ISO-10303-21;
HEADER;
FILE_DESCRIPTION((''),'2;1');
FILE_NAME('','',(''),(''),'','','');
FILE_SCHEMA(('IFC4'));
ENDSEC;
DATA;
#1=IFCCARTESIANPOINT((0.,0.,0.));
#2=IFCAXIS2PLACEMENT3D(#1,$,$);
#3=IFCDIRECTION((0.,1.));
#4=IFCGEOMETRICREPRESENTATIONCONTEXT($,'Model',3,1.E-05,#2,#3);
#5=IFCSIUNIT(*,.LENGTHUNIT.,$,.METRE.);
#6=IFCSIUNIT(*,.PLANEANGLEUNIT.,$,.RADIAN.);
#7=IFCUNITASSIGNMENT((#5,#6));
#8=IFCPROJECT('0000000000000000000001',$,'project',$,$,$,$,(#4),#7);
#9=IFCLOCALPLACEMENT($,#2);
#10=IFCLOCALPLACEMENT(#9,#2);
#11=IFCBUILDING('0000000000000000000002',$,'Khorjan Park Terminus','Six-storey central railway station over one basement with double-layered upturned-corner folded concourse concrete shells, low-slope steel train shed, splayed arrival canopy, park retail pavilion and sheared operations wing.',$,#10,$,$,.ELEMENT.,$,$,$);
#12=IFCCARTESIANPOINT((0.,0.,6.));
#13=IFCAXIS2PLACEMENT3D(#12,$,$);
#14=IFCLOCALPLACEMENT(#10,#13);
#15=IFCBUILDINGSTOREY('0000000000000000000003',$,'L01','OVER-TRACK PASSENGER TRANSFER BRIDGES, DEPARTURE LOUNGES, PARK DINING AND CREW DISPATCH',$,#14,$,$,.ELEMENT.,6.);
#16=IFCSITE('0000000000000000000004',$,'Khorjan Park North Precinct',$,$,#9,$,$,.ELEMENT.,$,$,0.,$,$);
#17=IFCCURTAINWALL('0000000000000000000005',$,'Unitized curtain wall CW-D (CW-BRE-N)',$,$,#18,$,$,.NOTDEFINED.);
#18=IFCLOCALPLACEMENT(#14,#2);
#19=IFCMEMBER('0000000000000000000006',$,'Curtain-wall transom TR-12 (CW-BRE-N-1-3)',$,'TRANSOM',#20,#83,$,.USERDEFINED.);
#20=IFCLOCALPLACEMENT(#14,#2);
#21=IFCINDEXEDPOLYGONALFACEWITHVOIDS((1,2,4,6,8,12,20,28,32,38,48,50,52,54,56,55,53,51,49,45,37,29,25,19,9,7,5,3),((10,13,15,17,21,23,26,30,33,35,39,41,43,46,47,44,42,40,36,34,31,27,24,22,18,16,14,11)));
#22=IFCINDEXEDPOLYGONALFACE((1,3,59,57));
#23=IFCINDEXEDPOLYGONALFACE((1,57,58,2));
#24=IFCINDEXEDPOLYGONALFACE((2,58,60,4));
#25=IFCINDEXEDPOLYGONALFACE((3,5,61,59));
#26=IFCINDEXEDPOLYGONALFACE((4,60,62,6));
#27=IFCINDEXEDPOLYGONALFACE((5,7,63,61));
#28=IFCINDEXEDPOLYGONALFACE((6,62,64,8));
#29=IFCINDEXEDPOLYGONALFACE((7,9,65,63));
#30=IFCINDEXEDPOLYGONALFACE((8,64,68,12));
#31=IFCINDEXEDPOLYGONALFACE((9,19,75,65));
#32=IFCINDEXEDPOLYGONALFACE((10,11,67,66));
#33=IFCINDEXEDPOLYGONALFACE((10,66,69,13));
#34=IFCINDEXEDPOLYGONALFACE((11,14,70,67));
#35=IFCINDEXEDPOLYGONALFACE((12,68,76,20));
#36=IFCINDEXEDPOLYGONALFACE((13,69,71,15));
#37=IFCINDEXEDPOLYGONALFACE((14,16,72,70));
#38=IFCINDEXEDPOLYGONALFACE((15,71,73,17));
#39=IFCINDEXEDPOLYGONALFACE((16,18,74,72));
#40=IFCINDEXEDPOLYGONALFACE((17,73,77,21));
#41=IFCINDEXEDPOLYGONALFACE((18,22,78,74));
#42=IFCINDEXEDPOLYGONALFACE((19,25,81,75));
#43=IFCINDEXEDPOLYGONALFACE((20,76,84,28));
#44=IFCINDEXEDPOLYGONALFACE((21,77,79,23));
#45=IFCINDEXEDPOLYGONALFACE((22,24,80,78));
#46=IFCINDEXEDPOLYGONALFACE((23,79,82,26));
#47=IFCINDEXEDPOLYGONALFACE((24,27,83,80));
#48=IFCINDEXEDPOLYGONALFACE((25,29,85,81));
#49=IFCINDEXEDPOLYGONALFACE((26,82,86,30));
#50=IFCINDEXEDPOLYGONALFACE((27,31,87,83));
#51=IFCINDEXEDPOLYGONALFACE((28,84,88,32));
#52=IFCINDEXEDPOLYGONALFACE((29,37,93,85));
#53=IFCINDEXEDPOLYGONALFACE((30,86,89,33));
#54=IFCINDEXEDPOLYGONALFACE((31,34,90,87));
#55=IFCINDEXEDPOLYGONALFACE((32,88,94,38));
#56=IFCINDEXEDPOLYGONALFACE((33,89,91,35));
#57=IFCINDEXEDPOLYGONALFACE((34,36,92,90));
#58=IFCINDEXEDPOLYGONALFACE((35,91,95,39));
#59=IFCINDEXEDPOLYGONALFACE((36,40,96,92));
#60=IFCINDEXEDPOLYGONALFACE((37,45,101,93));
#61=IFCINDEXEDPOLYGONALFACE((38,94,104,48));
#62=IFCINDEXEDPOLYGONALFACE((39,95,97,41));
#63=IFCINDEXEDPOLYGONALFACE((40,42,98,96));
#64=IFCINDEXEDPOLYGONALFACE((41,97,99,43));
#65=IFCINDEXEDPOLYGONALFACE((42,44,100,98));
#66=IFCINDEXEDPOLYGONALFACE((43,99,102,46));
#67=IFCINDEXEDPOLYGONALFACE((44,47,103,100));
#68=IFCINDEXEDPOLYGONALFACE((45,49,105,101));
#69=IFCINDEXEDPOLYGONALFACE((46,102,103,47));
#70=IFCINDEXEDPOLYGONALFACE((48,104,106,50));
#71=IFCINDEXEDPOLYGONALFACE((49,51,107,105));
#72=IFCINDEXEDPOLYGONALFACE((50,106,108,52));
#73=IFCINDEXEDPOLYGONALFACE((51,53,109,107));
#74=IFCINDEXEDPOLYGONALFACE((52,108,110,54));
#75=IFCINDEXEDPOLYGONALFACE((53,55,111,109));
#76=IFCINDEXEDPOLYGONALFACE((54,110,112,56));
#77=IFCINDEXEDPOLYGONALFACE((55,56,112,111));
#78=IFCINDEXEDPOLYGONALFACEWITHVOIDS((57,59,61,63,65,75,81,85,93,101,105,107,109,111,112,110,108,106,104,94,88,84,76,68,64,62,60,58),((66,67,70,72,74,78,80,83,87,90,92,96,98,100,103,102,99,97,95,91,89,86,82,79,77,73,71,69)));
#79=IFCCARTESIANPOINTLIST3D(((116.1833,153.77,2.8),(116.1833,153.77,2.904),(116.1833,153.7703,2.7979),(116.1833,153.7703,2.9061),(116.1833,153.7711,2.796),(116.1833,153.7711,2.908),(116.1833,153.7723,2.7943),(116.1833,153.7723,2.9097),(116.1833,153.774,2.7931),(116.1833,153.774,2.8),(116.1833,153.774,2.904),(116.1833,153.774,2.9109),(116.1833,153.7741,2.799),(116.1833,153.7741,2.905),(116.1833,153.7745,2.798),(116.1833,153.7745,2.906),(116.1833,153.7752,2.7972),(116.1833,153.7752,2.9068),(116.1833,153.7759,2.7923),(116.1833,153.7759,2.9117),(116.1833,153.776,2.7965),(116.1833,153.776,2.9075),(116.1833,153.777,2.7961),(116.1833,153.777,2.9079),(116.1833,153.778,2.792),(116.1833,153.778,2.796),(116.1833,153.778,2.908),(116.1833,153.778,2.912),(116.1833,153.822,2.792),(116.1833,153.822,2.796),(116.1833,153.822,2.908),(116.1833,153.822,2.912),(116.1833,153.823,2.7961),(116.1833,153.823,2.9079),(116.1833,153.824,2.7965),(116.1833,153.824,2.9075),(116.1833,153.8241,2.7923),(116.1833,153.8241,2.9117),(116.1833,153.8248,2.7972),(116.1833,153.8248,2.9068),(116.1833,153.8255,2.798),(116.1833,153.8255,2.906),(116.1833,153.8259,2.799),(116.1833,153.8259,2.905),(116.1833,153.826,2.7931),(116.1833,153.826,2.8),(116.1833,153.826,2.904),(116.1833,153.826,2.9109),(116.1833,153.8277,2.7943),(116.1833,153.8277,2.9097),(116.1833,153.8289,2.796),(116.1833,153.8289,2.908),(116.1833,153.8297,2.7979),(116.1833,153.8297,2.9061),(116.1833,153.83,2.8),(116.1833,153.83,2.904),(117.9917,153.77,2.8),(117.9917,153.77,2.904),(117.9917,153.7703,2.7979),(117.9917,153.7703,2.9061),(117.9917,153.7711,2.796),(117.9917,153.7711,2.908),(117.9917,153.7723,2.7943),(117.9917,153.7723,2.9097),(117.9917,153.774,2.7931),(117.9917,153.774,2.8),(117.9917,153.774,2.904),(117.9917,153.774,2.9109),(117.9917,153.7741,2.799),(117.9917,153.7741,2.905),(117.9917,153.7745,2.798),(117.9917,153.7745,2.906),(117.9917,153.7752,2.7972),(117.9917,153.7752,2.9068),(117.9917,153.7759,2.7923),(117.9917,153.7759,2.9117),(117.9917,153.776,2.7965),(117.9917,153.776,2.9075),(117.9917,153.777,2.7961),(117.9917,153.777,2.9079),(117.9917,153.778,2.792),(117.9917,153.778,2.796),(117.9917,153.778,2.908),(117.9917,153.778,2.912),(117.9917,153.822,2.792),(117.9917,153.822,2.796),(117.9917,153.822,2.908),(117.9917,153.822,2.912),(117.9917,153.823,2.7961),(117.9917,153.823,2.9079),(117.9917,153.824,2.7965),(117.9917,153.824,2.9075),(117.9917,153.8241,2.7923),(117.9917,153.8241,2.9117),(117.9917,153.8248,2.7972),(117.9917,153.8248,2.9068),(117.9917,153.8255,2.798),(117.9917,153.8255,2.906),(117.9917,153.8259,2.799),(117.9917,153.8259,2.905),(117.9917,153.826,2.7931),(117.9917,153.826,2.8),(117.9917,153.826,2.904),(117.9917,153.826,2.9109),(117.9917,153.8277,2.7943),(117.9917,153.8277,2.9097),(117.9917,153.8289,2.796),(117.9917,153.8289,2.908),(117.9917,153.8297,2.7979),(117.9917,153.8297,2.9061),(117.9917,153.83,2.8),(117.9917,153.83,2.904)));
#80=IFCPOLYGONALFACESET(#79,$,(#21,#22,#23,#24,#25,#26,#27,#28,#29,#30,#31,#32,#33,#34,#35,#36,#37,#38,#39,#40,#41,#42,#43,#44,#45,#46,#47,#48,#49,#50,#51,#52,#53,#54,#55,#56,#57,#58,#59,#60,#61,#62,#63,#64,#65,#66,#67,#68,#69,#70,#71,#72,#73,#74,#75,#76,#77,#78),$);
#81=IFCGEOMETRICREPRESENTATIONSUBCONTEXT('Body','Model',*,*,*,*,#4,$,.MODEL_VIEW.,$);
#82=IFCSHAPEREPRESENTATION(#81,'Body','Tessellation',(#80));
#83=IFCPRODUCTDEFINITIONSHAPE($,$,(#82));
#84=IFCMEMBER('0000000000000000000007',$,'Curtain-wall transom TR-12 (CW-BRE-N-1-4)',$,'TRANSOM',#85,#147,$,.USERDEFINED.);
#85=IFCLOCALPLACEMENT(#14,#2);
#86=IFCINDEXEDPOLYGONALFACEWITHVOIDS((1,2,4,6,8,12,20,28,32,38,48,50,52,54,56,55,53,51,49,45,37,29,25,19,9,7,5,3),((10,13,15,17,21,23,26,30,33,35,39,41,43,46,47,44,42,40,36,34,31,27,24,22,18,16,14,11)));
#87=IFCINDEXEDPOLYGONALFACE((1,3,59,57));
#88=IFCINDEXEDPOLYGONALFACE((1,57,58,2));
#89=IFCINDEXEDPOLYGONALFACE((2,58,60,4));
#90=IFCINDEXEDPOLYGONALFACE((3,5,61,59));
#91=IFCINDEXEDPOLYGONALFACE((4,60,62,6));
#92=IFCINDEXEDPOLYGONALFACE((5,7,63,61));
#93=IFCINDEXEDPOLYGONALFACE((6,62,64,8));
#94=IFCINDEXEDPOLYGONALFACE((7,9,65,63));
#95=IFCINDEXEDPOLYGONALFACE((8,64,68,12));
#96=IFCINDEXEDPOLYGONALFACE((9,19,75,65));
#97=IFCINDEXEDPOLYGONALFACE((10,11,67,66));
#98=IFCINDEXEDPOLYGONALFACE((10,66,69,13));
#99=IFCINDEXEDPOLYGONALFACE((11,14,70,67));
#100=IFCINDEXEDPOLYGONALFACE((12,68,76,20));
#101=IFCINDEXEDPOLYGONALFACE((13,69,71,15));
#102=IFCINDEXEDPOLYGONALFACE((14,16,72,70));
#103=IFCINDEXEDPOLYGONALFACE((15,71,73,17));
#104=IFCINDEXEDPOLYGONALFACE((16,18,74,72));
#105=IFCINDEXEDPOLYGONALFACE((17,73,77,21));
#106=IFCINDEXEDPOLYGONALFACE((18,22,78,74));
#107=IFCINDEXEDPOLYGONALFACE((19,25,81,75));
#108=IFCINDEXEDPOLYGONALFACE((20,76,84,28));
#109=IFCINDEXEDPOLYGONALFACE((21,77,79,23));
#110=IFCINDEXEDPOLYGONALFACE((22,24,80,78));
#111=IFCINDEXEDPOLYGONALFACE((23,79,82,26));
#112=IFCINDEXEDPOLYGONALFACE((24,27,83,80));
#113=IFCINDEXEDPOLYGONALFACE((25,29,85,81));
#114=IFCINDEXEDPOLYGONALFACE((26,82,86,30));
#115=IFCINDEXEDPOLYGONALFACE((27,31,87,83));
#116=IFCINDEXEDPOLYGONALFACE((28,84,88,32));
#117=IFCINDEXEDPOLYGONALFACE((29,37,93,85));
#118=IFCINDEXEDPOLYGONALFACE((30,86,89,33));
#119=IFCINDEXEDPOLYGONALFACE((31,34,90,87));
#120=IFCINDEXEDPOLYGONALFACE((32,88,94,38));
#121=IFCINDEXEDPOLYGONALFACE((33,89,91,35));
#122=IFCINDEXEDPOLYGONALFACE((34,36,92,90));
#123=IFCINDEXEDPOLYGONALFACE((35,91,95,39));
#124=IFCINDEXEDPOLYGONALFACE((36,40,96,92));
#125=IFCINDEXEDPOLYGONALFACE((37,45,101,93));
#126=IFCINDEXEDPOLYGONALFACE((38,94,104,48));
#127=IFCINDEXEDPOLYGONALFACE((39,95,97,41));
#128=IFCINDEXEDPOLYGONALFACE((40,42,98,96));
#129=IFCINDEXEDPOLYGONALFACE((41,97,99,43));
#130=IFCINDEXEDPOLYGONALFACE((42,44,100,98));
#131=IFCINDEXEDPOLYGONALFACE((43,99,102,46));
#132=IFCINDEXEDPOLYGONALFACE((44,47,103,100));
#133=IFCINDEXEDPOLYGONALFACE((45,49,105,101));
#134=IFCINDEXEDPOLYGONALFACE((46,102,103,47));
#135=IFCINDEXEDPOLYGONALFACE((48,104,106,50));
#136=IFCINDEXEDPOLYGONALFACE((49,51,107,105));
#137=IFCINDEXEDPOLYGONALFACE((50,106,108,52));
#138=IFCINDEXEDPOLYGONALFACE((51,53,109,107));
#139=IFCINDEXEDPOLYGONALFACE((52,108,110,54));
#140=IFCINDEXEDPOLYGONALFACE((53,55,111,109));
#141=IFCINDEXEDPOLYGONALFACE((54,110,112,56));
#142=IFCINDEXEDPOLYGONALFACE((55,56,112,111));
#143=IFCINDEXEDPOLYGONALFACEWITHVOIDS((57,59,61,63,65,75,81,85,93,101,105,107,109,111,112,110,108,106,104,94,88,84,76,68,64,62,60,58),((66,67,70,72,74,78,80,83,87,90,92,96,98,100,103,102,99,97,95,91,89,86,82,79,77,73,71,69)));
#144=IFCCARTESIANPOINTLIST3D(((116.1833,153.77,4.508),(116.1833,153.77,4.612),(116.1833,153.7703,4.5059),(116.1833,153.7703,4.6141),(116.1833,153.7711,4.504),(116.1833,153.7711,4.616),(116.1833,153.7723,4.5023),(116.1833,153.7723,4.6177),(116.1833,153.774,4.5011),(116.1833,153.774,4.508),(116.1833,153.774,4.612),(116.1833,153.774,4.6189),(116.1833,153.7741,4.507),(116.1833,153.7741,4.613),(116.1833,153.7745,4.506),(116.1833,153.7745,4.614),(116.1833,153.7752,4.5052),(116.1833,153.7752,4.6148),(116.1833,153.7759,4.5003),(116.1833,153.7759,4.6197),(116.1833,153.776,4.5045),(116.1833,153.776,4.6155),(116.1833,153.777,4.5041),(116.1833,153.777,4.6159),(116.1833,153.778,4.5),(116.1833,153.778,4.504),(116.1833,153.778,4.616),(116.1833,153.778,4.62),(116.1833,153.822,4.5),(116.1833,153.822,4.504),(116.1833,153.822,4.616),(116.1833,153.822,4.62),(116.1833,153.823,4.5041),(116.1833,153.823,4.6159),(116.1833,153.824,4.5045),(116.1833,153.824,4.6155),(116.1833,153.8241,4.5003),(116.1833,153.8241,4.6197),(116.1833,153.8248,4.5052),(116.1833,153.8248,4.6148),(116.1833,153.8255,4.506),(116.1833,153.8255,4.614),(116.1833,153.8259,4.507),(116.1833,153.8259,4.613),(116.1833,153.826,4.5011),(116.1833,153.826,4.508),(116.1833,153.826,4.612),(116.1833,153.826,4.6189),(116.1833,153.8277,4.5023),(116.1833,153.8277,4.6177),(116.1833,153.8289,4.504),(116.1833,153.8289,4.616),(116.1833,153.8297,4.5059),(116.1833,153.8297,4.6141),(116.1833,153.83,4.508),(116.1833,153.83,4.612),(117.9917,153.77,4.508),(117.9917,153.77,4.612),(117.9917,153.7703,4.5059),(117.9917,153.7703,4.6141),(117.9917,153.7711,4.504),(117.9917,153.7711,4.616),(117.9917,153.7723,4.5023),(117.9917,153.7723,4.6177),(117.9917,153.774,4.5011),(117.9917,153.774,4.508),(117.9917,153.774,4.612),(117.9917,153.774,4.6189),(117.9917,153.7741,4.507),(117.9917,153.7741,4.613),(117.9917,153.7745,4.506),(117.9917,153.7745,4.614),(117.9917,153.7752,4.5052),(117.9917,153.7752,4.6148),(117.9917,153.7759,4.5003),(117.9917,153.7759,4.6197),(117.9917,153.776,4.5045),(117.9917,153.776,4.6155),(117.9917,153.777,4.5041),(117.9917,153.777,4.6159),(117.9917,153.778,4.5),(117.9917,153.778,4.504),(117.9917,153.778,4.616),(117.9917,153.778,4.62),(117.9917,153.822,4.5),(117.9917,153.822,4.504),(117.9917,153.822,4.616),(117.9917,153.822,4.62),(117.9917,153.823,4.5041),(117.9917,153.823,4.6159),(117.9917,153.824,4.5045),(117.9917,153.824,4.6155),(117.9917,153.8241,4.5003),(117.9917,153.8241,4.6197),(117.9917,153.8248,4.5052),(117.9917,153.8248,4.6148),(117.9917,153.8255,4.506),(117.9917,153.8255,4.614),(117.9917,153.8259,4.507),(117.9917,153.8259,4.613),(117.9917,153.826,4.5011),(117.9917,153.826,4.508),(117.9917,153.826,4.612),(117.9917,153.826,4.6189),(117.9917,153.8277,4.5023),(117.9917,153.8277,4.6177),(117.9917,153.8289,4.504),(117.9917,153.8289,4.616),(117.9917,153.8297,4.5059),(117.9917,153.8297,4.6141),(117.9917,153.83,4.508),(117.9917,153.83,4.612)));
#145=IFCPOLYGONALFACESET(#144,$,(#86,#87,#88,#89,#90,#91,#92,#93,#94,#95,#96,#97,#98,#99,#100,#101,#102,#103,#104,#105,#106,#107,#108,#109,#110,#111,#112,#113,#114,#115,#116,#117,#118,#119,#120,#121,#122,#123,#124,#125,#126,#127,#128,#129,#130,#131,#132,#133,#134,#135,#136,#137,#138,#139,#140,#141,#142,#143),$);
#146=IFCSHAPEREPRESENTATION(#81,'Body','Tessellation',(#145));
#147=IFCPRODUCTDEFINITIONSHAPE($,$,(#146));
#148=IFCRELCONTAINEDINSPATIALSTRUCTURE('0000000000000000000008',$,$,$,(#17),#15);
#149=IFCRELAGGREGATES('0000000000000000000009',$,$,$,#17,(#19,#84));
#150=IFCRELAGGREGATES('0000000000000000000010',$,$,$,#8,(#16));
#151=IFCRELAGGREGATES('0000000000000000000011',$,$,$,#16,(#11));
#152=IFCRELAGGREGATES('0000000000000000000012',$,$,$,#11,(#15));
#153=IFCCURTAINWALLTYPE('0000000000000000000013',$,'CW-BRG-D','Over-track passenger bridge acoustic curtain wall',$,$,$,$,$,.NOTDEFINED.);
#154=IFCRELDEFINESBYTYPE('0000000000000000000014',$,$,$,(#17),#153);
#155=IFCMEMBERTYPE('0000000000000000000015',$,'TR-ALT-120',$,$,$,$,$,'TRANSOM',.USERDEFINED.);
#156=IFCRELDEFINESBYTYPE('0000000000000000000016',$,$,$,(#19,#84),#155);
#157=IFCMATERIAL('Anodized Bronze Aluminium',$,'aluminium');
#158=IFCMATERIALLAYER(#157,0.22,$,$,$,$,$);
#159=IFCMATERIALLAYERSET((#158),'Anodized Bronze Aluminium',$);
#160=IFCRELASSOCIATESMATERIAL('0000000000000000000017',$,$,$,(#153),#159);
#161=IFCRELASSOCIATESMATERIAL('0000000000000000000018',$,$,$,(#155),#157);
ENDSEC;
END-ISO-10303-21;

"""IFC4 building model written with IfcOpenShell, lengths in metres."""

from ifc_helpers import new_model, si_unit, direction, frame, origin, origin_2d, place, context, subcontext, project, spatial, hollow_rectangle, extrude, material, layer, layer_set, material_profile, profile_set, type_object, element, aggregate, save


model = new_model("IFC4")

# Units and contexts
model_context = context("Model", 3, precision=1e-05, world=origin(), true_north=direction((0.0, 1.0)))
body_context = subcontext(model_context, "Body", "Model", "MODEL_VIEW")
ifc_project = project(units=[si_unit("LENGTHUNIT", "METRE"), si_unit("PLANEANGLEUNIT", "RADIAN")], contexts=[model_context])

# Site, building, storey
site_placement = place(None, origin())
site = spatial("IfcSite", under=ifc_project, at=site_placement, Name="Khorjan Park North Precinct", CompositionType="ELEMENT", RefElevation=0.0)
building_placement = place(site_placement, origin())
building = spatial("IfcBuilding", under=site, at=building_placement, Name="Khorjan Park Terminus", Description="Six-storey central railway station over one basement with double-layered upturned-corner folded concourse concrete shells, low-slope steel train shed, splayed arrival canopy, park retail pavilion and sheared operations wing.", CompositionType="ELEMENT")
storey_placement = place(building_placement, frame((0.0, 0.0, 6.0)))
storey = spatial("IfcBuildingStorey", under=building, at=storey_placement, Name="L01", Description="OVER-TRACK PASSENGER TRANSFER BRIDGES, DEPARTURE LOUNGES, PARK DINING AND CREW DISPATCH", CompositionType="ELEMENT", Elevation=6.0)

# Curtain wall, members
ifc_material_1 = material(Name="Anodized Bronze Aluminium", Category="aluminium")
ifc_layer_1 = layer(ifc_material_1, 0.22)
ifc_layer_set_1 = layer_set([ifc_layer_1], Name="Anodized Bronze Aluminium")
curtain_wall_type = type_object("IfcCurtainWallType", Name="CW-BRG-D", Description="Over-track passenger bridge acoustic curtain wall", PredefinedType="NOTDEFINED", material=ifc_layer_set_1)
curtain_wall_placement = place(storey_placement, origin())
curtain_wall = element("IfcCurtainWall", 1, at=curtain_wall_placement, inside=storey, type_object=curtain_wall_type, Name="Unitized curtain wall CW-D (CW-BRE-N)", PredefinedType="NOTDEFINED")
ifc_material_profile_1 = material_profile(ifc_material_1, hollow_rectangle(XDim=0.06, YDim=0.12, WallThickness=0.004, InnerFilletRadius=0.004, OuterFilletRadius=0.008, at=origin_2d()), Name="ALT 60x120x4")
ifc_profile_set_1 = profile_set([ifc_material_profile_1], Name="Anodized Bronze Aluminium")
member_type_1 = type_object("IfcMemberType", Name="TR-ALT-120", ElementType="TRANSOM", PredefinedType="USERDEFINED", material=ifc_profile_set_1)
member_1_placement = place(storey_placement, frame((117.9917, 153.8, 2.852), z_axis=(-1.0, 0.0, 0.0), x_axis=(0.0, -1.0, 0.0)))
member_1 = element("IfcMember", 2, at=member_1_placement, type_object=member_type_1, Name="Curtain-wall transom TR-12 (CW-BRE-N-1-3)", ObjectType="TRANSOM", PredefinedType="USERDEFINED", context=body_context, shape_type="SweptSolid", body=[
    extrude(hollow_rectangle(XDim=0.06, YDim=0.12, WallThickness=0.004, InnerFilletRadius=0.004, OuterFilletRadius=0.008, at=origin_2d()), origin(), (0.0, 0.0, 1.0), 1.8084),
])
member_2_placement = place(storey_placement, frame((117.9917, 153.8, 4.56), z_axis=(-1.0, 0.0, 0.0), x_axis=(0.0, -1.0, 0.0)))
member_2 = element("IfcMember", 3, at=member_2_placement, type_object=member_type_1, Name="Curtain-wall transom TR-12 (CW-BRE-N-1-4)", ObjectType="TRANSOM", PredefinedType="USERDEFINED", context=body_context, shape_type="SweptSolid", body=[
    extrude(hollow_rectangle(XDim=0.06, YDim=0.12, WallThickness=0.004, InnerFilletRadius=0.004, OuterFilletRadius=0.008, at=origin_2d()), origin(), (0.0, 0.0, 1.0), 1.8084),
])
aggregate(curtain_wall, [member_1, member_2])

save(model, "model.ifc")
